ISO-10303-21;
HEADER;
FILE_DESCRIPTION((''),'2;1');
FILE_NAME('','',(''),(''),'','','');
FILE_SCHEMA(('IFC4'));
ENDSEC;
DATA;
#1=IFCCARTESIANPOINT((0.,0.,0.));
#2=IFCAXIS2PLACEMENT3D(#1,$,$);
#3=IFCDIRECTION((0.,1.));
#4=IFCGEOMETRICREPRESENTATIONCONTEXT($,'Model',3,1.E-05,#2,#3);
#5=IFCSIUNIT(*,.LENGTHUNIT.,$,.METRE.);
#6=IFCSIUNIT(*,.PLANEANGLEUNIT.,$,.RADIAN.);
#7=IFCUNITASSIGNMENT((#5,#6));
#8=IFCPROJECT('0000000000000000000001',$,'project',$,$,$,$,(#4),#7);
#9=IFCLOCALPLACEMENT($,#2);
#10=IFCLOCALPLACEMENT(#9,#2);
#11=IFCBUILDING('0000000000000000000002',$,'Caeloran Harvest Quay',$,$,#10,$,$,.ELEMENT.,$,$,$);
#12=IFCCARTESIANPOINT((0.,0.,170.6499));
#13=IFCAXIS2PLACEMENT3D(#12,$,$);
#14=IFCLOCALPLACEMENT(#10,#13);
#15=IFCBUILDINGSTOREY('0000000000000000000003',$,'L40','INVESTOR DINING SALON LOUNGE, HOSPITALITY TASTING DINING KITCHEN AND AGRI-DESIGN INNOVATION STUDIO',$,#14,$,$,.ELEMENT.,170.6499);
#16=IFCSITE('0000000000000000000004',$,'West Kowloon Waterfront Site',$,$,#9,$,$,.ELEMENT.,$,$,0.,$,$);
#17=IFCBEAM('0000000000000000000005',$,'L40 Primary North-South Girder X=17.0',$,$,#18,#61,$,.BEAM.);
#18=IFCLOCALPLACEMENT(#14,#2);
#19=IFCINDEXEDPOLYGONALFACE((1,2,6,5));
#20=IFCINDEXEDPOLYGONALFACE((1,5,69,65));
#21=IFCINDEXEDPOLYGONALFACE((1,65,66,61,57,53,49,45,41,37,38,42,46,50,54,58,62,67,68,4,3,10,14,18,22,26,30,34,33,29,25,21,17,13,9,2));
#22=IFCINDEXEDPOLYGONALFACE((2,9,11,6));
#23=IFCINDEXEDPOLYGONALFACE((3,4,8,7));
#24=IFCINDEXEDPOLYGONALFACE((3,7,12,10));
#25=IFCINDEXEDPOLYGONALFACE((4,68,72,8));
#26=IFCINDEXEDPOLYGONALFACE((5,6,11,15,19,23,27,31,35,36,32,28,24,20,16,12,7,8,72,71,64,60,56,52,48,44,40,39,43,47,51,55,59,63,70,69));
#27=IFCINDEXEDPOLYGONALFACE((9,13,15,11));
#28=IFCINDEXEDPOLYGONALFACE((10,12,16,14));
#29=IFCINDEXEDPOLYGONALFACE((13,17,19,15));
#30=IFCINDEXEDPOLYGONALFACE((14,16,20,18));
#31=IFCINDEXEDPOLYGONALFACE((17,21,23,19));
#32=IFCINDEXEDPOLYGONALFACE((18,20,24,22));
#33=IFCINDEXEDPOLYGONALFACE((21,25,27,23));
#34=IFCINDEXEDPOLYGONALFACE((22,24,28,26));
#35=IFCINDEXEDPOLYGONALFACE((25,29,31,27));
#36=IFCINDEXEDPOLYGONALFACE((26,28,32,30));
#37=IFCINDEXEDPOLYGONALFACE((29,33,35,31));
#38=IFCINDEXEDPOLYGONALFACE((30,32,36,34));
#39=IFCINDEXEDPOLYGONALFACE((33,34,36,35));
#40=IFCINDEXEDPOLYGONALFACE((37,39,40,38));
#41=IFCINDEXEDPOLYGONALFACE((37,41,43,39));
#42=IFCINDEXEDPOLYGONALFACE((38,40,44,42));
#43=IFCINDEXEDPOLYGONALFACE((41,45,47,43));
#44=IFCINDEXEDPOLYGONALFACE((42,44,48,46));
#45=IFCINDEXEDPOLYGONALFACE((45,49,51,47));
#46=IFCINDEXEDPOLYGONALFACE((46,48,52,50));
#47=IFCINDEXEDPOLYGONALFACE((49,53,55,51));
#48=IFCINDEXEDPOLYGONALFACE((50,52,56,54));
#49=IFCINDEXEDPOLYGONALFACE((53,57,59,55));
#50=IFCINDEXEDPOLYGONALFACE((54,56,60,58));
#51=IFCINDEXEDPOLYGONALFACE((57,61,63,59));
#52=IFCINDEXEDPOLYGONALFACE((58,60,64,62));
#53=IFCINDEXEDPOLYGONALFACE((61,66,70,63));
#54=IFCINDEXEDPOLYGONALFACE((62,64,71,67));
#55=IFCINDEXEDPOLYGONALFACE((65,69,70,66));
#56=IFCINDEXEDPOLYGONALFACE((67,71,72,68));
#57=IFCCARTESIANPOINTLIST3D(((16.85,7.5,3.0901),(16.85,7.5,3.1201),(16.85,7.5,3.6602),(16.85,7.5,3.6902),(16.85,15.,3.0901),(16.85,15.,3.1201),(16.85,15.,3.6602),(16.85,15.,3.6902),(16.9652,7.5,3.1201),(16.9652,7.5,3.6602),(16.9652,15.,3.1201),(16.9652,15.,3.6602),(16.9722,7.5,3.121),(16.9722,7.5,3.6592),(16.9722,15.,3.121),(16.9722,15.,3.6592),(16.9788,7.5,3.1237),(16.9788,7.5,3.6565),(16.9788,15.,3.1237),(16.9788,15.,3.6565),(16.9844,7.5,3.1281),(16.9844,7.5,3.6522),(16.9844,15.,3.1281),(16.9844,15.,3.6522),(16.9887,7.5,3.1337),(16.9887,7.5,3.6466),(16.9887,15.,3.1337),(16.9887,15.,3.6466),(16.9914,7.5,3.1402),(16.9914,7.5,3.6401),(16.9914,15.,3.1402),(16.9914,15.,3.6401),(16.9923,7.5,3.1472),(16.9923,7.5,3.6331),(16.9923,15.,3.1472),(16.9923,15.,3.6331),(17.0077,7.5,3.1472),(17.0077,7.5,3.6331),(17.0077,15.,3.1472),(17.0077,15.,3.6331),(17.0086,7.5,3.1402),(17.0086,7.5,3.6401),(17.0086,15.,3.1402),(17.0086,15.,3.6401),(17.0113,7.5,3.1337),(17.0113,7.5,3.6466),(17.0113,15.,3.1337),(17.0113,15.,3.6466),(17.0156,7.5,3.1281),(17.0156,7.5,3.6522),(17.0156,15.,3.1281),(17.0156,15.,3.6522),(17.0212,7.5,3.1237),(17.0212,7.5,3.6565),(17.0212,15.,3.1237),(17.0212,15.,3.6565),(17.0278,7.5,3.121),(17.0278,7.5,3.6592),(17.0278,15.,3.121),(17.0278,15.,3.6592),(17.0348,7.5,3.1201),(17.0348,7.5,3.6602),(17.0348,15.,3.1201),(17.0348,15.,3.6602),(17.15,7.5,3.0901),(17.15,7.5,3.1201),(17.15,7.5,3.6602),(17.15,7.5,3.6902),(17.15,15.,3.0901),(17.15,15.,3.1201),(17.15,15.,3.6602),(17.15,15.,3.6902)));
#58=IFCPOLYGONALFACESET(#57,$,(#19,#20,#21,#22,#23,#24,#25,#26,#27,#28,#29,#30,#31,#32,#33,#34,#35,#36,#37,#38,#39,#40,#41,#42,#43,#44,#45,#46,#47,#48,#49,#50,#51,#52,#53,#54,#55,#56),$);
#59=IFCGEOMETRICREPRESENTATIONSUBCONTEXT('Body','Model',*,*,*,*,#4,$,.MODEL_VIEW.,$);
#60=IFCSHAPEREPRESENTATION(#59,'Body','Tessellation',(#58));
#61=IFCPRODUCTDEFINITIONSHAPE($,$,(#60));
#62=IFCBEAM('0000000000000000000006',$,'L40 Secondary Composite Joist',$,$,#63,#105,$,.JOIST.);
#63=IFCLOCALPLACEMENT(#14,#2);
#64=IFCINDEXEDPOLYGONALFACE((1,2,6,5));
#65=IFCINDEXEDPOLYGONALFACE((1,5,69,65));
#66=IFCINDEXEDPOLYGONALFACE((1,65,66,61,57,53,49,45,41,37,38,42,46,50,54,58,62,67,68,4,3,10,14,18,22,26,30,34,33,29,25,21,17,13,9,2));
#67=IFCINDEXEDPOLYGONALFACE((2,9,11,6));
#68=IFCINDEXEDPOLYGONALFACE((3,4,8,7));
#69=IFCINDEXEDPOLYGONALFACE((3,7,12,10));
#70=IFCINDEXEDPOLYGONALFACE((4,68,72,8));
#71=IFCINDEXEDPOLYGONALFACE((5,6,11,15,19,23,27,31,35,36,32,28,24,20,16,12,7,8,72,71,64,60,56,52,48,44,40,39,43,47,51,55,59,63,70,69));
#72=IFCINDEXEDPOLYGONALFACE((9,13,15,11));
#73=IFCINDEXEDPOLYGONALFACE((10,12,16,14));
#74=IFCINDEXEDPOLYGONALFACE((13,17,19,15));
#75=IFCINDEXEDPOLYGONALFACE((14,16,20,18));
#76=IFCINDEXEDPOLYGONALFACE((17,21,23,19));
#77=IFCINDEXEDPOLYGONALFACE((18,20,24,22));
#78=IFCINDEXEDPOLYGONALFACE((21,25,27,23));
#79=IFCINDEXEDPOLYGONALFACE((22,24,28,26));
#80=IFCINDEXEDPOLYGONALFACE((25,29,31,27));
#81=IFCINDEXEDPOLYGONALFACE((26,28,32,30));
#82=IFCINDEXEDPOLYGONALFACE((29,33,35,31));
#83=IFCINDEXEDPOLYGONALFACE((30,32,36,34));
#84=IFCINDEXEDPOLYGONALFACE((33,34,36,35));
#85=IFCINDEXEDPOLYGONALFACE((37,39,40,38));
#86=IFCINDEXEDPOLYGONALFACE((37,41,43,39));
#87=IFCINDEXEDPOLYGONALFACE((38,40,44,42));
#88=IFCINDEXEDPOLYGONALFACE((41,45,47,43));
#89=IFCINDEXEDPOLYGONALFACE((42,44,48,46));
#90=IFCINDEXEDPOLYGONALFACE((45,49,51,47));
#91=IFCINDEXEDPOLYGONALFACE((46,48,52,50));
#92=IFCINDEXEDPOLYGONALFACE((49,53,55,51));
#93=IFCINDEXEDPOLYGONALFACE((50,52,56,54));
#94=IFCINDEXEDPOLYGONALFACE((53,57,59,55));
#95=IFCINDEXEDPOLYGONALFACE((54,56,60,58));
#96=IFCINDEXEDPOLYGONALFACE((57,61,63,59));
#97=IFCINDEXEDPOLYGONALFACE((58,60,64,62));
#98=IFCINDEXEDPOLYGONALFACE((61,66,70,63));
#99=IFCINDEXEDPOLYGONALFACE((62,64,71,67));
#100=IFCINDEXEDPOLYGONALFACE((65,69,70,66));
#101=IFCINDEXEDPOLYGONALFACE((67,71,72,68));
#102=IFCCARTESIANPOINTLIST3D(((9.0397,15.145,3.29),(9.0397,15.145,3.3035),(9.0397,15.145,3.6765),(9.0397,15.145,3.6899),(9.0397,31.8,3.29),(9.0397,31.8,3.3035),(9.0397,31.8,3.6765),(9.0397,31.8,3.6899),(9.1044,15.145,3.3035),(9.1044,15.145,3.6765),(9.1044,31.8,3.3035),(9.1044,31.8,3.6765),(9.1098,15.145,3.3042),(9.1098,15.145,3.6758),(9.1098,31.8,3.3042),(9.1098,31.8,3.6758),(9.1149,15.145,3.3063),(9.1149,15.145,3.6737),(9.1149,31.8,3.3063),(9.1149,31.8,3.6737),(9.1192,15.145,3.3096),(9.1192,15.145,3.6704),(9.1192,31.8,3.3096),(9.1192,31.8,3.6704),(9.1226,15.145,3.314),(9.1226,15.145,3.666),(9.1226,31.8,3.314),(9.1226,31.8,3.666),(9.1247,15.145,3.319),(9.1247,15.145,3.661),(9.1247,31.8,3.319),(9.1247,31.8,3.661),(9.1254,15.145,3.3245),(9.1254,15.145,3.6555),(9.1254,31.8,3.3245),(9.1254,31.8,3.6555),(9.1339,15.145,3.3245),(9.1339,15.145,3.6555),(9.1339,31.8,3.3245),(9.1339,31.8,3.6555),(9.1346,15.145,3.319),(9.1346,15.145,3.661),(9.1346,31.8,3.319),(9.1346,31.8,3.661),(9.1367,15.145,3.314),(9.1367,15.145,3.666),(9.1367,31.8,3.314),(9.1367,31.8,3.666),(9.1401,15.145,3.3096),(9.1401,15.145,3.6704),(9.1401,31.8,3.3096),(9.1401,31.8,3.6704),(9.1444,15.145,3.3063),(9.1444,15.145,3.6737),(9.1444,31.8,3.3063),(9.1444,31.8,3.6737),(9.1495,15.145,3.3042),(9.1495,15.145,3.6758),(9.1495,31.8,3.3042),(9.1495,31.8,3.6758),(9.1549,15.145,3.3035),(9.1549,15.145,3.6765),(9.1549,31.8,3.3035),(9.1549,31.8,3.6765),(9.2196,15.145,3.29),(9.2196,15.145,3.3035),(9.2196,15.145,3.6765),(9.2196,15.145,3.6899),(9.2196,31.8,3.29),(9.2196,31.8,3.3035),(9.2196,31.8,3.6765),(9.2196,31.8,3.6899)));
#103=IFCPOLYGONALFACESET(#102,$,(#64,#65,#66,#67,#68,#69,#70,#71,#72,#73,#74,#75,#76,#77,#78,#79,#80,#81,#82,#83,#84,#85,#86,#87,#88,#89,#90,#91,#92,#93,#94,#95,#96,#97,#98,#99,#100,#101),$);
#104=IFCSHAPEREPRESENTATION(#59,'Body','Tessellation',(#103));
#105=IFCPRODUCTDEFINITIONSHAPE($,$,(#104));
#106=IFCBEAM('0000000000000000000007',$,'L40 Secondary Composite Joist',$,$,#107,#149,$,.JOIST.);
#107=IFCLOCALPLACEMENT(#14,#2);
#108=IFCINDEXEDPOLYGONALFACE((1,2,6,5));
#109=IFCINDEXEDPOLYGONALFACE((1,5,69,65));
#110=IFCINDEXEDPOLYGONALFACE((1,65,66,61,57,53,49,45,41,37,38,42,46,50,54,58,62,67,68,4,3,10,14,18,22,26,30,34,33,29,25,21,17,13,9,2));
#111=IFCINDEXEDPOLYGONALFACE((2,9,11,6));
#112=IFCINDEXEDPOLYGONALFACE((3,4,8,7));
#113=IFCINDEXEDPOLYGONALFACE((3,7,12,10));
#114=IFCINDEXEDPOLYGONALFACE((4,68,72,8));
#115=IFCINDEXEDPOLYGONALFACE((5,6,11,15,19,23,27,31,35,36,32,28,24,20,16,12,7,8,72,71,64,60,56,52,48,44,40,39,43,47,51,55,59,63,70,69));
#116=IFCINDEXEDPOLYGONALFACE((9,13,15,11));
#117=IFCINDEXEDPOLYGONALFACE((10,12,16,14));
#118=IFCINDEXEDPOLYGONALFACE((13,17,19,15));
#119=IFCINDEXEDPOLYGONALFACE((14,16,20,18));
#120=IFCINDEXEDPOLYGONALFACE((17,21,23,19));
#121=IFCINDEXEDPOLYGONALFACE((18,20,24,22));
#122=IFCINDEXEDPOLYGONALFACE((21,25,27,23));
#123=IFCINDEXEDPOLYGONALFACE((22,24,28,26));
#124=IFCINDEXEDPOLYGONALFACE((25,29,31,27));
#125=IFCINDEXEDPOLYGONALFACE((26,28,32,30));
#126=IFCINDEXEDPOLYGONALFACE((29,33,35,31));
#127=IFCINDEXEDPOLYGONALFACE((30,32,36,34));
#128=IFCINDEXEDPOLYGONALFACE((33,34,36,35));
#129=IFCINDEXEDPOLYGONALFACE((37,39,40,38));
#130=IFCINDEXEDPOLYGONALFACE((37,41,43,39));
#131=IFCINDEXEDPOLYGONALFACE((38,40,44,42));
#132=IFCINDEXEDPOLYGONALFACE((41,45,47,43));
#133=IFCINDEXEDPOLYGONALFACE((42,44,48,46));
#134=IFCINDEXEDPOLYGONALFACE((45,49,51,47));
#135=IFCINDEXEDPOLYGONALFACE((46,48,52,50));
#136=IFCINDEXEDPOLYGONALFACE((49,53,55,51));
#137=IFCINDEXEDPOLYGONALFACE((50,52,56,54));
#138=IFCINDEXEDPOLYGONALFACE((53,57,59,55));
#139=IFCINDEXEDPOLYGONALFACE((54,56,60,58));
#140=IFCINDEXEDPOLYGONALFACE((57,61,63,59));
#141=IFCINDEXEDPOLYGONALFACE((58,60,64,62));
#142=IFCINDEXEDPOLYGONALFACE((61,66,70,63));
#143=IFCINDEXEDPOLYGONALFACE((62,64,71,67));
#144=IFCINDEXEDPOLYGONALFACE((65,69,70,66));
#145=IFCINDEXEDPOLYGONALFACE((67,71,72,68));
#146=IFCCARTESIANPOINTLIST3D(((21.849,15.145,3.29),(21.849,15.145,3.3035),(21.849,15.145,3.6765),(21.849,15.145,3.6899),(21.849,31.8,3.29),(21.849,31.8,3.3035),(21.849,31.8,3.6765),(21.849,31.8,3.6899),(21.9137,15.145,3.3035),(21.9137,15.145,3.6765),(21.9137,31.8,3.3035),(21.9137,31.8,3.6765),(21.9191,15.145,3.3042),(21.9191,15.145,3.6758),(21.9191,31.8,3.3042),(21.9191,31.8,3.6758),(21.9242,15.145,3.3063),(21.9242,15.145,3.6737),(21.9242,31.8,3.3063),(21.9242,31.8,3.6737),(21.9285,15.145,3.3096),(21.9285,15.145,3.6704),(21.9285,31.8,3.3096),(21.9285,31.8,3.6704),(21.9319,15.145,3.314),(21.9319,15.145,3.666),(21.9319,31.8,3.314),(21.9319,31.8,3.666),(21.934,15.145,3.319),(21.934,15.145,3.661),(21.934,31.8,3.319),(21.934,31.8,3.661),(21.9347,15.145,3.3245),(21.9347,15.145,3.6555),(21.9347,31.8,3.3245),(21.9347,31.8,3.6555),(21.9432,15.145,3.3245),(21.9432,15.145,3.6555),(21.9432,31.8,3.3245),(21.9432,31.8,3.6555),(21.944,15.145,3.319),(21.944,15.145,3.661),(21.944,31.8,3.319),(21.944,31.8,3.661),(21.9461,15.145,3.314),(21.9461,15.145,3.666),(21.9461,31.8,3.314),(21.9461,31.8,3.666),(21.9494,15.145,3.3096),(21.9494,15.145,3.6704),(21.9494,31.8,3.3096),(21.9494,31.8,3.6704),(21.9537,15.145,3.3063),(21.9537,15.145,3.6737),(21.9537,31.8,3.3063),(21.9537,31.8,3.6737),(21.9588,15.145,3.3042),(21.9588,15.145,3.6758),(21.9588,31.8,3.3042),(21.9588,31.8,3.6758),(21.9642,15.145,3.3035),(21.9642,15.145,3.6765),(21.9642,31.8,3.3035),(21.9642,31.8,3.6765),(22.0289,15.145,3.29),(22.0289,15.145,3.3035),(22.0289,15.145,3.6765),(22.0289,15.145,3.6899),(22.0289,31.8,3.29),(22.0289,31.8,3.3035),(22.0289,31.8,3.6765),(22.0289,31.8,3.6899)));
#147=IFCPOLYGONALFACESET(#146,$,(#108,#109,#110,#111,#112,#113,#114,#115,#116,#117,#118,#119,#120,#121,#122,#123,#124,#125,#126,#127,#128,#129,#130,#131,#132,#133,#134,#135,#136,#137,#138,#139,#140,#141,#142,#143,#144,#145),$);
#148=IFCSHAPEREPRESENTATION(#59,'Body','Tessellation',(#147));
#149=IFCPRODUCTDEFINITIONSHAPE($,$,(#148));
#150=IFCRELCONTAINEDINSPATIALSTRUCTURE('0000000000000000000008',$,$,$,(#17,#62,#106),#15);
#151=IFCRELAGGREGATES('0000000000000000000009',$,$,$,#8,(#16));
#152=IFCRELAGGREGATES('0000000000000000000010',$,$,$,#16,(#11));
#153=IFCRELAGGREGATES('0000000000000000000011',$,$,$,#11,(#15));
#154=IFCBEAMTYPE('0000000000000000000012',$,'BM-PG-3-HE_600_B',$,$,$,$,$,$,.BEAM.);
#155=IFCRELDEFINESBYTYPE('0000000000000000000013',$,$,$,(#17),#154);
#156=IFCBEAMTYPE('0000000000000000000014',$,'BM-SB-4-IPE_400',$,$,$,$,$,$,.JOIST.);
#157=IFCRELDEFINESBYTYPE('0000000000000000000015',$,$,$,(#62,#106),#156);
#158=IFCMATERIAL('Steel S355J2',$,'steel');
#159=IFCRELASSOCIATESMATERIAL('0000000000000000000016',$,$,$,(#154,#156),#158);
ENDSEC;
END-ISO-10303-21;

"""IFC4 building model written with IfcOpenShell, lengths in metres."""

from ifc_helpers import new_model, si_unit, direction, frame, origin, origin_2d, place, context, subcontext, project, spatial, i_section, extrude, material, material_profile, profile_set, type_object, element, save


model = new_model("IFC4")

# Units and contexts
model_context = context("Model", 3, precision=1e-05, world=origin(), true_north=direction((0.0, 1.0)))
body_context = subcontext(model_context, "Body", "Model", "MODEL_VIEW")
ifc_project = project(units=[si_unit("LENGTHUNIT", "METRE"), si_unit("PLANEANGLEUNIT", "RADIAN")], contexts=[model_context])

# Site, building, storey
site_placement = place(None, origin())
site = spatial("IfcSite", under=ifc_project, at=site_placement, Name="West Kowloon Waterfront Site", CompositionType="ELEMENT", RefElevation=0.0)
building_placement = place(site_placement, origin())
building = spatial("IfcBuilding", under=site, at=building_placement, Name="Caeloran Harvest Quay", CompositionType="ELEMENT")
storey_placement = place(building_placement, frame((0.0, 0.0, 170.6499)))
storey = spatial("IfcBuildingStorey", under=building, at=storey_placement, Name="L40", Description="INVESTOR DINING SALON LOUNGE, HOSPITALITY TASTING DINING KITCHEN AND AGRI-DESIGN INNOVATION STUDIO", CompositionType="ELEMENT", Elevation=170.6499)

# Beams
ifc_material_1 = material(Name="Steel S355J2", Category="steel")
ifc_material_profile_1 = material_profile(ifc_material_1, i_section(OverallWidth=0.3, OverallDepth=0.6001, WebThickness=0.0154, FlangeThickness=0.03, FilletRadius=0.0271, at=origin_2d()), Name="HE 600 B")
ifc_profile_set_1 = profile_set([ifc_material_profile_1], Name="Steel S355J2")
beam_type_1 = type_object("IfcBeamType", Name="BM-PG-3-HE_600_B", PredefinedType="BEAM", material=ifc_profile_set_1)
beam_1_placement = place(storey_placement, frame((17.0, 7.5, 3.3901), z_axis=(0.0, 1.0, 0.0), x_axis=(-1.0, 0.0, 0.0)))
element("IfcBeam", 1, at=beam_1_placement, inside=storey, type_object=beam_type_1, Name="L40 Primary North-South Girder X=17.0", PredefinedType="BEAM", context=body_context, shape_type="SweptSolid", body=[
    extrude(i_section(OverallWidth=0.3, OverallDepth=0.6001, WebThickness=0.0154, FlangeThickness=0.03, FilletRadius=0.0271, at=origin_2d()), origin(), (0.0, 0.0, 1.0), 7.5),
])
ifc_material_profile_2 = material_profile(ifc_material_1, i_section(OverallWidth=0.1799, OverallDepth=0.3999, WebThickness=0.0085, FlangeThickness=0.0134, FilletRadius=0.021, at=origin_2d()), Name="IPE 400")
ifc_profile_set_2 = profile_set([ifc_material_profile_2], Name="Steel S355J2")
beam_type_2 = type_object("IfcBeamType", Name="BM-SB-4-IPE_400", PredefinedType="JOIST", material=ifc_profile_set_2)
for number, where, z_axis, x_axis, name in (
    (2, (9.1296, 15.145, 3.49), (0.0, 1.0, 0.0), (-1.0, 0.0, 0.0), "L40 Secondary Composite Joist"),
    (3, (21.939, 15.145, 3.49), (0.0, 1.0, 0.0), (-1.0, 0.0, 0.0), "L40 Secondary Composite Joist"),
):
    element("IfcBeam", number, at=place(storey_placement, frame(where, z_axis=z_axis, x_axis=x_axis)), inside=storey, type_object=beam_type_2, Name=name, PredefinedType="JOIST", context=body_context, shape_type="SweptSolid", body=[
        extrude(i_section(OverallWidth=0.1799, OverallDepth=0.3999, WebThickness=0.0085, FlangeThickness=0.0134, FilletRadius=0.021, at=origin_2d()), origin(), (0.0, 0.0, 1.0), 16.655),
    ])

save(model, "model.ifc")
